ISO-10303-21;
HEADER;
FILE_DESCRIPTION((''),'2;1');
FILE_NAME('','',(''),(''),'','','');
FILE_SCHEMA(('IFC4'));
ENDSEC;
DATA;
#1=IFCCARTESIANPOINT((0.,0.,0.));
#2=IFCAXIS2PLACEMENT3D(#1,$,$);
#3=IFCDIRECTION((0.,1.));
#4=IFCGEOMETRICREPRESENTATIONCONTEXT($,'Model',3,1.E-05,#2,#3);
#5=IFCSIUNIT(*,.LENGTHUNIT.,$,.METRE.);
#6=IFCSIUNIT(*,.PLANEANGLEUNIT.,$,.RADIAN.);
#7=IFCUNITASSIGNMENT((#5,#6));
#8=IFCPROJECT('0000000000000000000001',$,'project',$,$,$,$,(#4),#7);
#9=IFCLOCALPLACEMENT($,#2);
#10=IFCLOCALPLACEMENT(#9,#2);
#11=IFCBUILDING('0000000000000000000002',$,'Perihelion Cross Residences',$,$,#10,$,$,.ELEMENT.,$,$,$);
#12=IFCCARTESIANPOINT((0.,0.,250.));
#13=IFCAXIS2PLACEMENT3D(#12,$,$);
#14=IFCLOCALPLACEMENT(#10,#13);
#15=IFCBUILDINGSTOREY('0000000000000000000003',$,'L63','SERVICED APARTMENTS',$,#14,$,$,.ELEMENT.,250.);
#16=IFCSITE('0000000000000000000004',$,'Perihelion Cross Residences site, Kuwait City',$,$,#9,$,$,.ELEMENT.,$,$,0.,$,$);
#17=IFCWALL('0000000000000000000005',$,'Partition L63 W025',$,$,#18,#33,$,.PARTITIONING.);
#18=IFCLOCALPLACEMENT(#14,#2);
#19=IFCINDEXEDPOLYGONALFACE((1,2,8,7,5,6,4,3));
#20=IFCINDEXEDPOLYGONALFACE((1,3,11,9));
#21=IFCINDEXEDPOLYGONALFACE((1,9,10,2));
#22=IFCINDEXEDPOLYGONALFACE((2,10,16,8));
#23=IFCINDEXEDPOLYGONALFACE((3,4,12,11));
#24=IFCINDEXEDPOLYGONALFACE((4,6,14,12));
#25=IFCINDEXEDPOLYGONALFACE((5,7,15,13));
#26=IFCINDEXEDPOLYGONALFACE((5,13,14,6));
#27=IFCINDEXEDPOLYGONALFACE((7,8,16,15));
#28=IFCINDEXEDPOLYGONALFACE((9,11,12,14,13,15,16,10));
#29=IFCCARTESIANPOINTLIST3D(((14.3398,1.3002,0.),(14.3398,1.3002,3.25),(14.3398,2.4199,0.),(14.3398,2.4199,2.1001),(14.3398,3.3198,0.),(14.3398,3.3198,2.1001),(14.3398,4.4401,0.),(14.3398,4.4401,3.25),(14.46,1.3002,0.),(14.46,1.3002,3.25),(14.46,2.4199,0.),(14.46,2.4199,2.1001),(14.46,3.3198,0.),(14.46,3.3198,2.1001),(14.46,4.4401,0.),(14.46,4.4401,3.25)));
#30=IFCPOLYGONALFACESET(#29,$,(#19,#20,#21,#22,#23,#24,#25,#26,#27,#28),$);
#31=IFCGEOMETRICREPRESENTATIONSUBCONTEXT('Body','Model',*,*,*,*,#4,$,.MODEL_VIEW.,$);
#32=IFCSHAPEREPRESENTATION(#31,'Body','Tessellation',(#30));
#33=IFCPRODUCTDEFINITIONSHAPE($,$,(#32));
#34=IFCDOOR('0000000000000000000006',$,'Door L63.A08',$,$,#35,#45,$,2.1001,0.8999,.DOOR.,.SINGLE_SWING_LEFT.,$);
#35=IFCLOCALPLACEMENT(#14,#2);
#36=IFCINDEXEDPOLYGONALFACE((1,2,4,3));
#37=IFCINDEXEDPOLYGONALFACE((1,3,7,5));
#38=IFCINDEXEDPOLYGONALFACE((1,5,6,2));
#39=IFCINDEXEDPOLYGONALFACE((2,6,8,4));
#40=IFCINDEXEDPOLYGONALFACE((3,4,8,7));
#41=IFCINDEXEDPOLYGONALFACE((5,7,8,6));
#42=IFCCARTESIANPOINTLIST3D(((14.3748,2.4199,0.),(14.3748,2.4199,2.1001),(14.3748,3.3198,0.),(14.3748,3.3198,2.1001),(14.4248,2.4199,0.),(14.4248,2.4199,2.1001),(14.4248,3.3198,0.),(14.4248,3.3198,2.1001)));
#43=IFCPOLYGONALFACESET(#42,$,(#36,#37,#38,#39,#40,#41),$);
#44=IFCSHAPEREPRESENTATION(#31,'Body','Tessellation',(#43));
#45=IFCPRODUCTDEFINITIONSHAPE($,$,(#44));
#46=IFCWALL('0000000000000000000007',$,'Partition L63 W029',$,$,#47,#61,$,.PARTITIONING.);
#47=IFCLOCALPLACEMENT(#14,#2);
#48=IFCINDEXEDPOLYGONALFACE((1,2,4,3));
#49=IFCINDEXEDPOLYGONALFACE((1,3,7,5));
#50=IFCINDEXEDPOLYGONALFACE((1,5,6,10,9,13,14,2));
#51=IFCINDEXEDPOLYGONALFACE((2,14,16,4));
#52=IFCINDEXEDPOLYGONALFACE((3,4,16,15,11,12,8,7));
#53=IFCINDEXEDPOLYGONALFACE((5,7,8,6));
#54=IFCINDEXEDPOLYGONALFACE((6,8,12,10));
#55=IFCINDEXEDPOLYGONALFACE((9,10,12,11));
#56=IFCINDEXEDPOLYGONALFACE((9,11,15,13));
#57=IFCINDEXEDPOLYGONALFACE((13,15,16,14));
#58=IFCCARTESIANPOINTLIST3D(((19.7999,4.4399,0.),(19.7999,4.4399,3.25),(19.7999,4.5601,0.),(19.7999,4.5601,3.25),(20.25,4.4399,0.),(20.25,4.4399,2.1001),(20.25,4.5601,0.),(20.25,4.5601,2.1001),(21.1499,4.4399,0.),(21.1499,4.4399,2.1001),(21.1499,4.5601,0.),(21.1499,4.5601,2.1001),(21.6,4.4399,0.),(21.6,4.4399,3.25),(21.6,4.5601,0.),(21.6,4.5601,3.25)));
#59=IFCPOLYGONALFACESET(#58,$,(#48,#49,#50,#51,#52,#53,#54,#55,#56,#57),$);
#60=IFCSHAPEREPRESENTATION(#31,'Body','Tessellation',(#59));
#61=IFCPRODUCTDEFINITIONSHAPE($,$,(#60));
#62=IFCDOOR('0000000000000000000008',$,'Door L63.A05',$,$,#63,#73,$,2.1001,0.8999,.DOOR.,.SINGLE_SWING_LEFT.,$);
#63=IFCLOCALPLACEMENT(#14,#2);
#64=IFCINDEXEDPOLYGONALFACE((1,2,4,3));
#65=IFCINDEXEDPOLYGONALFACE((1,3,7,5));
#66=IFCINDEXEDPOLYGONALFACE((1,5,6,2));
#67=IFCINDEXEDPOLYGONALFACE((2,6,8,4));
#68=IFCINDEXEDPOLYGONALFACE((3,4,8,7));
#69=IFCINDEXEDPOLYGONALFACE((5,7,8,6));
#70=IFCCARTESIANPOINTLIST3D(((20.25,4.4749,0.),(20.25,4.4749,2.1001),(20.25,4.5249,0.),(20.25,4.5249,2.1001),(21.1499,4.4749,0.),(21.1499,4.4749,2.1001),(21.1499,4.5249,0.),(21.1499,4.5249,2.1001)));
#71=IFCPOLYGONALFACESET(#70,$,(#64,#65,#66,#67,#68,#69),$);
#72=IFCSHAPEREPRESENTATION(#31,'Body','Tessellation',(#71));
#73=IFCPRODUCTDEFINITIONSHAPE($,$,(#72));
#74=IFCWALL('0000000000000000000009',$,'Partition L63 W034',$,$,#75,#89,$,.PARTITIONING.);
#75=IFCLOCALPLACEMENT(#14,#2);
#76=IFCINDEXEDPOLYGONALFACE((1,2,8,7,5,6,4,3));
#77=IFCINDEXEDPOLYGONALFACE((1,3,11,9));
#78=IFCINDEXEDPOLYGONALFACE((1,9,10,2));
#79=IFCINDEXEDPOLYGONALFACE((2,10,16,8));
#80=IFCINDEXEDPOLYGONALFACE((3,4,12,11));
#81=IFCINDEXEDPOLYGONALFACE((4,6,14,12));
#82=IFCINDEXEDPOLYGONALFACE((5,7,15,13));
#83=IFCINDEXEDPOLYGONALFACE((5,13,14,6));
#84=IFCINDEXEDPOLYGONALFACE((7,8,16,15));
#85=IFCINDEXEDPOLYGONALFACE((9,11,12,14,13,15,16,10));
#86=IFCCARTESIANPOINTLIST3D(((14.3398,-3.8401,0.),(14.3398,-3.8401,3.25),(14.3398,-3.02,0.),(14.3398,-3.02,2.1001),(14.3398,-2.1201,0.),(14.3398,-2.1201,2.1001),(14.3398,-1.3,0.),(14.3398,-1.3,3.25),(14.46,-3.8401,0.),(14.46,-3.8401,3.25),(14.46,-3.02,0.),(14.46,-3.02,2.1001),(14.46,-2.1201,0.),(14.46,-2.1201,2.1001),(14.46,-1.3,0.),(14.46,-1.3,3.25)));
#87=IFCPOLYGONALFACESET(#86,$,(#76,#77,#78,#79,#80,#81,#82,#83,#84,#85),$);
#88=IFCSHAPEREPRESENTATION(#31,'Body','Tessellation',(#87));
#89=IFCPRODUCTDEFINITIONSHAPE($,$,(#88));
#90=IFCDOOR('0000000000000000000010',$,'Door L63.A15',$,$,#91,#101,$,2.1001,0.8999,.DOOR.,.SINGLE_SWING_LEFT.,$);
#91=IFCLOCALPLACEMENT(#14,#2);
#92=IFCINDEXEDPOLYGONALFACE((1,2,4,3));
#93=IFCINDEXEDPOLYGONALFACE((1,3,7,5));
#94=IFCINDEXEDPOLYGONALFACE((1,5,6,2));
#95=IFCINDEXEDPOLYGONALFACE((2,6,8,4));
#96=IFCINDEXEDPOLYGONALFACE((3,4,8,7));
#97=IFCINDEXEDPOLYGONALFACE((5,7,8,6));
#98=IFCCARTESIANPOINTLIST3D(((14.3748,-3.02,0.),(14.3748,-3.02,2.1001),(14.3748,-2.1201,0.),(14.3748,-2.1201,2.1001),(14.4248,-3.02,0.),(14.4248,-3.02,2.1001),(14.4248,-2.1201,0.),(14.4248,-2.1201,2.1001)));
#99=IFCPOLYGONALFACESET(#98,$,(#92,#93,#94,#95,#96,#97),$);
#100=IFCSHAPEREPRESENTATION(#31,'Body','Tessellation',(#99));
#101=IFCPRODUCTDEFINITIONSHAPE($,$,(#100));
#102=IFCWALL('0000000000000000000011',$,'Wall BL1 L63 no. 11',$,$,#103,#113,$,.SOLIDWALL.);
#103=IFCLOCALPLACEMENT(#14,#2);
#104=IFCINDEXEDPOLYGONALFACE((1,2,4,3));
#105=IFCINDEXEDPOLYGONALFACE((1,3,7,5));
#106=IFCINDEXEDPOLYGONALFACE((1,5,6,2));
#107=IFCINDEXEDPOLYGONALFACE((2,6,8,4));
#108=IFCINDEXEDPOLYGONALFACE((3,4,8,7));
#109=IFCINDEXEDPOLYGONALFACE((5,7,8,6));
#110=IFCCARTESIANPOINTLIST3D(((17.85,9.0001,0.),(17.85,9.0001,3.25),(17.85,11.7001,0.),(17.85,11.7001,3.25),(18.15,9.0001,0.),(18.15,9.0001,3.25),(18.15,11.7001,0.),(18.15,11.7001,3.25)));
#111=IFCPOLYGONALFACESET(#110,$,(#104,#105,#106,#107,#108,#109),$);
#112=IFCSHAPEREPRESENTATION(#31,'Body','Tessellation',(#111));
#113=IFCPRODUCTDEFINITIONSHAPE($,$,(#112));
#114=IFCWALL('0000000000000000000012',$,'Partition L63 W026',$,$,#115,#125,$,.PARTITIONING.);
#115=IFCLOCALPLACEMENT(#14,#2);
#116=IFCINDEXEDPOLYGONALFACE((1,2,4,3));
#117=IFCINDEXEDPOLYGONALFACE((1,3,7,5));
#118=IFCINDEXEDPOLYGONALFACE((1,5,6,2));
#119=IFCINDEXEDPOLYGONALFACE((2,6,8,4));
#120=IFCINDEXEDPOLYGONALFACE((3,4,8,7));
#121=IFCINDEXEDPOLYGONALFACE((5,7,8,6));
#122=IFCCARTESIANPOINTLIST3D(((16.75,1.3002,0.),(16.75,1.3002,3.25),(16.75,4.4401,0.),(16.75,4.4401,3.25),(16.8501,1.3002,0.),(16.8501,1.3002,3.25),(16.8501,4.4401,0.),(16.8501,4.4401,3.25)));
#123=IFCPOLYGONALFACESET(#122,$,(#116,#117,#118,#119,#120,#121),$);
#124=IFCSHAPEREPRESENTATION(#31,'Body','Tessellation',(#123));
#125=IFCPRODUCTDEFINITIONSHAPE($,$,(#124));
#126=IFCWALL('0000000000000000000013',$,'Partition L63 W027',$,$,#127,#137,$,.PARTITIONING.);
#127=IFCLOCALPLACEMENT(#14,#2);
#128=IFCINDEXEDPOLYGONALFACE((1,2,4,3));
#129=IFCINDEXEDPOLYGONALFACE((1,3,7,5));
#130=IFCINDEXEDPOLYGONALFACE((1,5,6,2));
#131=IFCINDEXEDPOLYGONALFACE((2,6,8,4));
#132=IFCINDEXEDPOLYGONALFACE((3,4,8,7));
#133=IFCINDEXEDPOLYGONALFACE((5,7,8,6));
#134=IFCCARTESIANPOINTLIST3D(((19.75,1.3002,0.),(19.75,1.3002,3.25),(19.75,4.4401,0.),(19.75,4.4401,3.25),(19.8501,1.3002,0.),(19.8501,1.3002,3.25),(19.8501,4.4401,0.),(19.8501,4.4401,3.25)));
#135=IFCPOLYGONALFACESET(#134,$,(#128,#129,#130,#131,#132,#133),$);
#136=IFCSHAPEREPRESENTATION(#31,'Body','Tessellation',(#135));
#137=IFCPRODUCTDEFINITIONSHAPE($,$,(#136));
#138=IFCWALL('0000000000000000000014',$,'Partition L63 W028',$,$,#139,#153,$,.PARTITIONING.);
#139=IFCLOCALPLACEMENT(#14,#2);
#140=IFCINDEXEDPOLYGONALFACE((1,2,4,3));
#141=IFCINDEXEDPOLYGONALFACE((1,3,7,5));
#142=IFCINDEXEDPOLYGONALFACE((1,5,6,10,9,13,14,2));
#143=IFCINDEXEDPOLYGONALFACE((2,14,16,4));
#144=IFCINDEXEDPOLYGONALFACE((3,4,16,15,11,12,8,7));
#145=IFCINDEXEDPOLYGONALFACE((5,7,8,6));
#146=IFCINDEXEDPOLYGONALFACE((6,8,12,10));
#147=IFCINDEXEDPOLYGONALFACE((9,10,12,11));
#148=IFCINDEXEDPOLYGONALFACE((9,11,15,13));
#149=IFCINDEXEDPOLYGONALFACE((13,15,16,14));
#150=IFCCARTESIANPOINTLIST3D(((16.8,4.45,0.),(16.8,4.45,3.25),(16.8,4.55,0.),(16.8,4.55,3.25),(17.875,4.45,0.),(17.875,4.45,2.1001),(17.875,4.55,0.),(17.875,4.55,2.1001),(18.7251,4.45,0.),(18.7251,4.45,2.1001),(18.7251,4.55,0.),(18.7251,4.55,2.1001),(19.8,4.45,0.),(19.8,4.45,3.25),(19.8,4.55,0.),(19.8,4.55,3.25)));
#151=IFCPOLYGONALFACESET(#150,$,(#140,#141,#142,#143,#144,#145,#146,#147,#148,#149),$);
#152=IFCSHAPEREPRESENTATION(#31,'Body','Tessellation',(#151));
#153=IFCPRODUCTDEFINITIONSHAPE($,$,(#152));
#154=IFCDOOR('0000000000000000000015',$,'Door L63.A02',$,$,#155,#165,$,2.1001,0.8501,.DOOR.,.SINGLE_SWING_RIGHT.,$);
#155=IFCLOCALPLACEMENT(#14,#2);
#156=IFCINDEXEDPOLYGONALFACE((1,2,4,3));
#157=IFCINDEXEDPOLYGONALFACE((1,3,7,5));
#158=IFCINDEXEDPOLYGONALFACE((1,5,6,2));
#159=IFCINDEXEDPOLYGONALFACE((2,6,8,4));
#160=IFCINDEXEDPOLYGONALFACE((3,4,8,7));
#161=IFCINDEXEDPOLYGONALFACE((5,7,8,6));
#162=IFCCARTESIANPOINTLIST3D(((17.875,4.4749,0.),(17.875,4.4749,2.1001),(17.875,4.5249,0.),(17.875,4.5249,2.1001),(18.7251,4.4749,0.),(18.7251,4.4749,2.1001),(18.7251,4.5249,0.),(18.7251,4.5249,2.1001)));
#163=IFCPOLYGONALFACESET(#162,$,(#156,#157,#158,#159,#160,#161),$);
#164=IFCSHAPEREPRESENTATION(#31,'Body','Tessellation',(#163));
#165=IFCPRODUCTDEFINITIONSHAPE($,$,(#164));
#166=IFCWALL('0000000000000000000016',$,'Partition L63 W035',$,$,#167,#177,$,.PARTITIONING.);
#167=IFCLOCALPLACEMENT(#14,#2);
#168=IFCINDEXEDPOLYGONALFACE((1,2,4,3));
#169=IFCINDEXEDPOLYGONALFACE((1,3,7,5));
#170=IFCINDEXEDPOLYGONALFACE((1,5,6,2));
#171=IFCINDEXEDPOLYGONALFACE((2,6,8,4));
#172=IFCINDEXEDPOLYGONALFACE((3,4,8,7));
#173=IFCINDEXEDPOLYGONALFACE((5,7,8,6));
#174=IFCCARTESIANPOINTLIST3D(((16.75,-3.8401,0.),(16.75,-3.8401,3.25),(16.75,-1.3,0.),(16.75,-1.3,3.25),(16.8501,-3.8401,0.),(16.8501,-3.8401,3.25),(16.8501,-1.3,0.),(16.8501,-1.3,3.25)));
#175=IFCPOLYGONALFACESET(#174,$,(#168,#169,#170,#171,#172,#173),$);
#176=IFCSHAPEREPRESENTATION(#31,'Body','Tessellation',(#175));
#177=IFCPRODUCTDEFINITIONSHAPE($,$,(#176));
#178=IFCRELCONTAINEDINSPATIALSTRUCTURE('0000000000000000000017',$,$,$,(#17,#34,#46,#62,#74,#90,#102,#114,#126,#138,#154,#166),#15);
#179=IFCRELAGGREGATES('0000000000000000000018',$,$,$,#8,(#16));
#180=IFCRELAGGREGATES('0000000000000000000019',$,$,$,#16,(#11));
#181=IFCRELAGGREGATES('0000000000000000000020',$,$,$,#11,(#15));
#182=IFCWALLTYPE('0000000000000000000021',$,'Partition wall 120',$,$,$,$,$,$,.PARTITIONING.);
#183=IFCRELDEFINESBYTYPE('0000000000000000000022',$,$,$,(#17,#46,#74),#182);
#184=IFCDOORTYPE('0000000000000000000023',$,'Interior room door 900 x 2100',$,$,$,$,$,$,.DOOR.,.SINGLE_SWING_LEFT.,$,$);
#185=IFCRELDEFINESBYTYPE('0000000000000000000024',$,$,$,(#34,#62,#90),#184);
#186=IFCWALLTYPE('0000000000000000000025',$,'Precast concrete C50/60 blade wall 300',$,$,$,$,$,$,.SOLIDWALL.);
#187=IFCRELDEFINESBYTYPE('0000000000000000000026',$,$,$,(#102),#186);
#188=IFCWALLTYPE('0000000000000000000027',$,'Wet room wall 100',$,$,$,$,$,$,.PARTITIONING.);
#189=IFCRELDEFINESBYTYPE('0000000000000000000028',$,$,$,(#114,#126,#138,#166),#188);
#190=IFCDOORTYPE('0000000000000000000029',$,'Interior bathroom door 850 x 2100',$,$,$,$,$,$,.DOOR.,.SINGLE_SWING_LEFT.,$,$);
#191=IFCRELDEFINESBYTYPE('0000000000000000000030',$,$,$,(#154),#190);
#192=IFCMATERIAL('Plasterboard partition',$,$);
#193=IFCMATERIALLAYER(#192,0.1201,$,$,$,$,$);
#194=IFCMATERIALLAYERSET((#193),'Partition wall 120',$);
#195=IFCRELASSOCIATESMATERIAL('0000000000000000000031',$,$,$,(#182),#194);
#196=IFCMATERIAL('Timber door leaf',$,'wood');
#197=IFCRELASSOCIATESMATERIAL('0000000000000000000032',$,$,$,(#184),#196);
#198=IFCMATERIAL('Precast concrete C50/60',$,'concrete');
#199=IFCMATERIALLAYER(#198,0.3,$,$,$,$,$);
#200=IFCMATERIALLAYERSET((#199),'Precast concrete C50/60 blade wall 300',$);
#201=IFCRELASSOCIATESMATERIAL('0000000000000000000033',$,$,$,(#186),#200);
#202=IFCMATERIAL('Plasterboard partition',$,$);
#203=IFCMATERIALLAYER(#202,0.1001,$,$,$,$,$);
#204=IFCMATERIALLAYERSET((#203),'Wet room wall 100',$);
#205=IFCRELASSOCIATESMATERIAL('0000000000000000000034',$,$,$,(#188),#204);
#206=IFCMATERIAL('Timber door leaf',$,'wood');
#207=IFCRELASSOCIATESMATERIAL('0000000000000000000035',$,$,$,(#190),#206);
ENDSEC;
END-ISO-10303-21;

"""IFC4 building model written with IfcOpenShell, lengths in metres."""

from ifc_helpers import new_model, si_unit, direction, frame, frame_2d, origin, place, context, subcontext, project, spatial, rectangle, extrude, material, layer, layer_set, type_object, element, fill, save


model = new_model("IFC4")

# Units and contexts
model_context = context("Model", 3, precision=1e-05, world=origin(), true_north=direction((0.0, 1.0)))
body_context = subcontext(model_context, "Body", "Model", "MODEL_VIEW")
ifc_project = project(units=[si_unit("LENGTHUNIT", "METRE"), si_unit("PLANEANGLEUNIT", "RADIAN")], contexts=[model_context])

# Site, building, storey
site_placement = place(None, origin())
site = spatial("IfcSite", under=ifc_project, at=site_placement, Name="Perihelion Cross Residences site, Kuwait City", CompositionType="ELEMENT", RefElevation=0.0)
building_placement = place(site_placement, origin())
building = spatial("IfcBuilding", under=site, at=building_placement, Name="Perihelion Cross Residences", CompositionType="ELEMENT")
storey_placement = place(building_placement, frame((0.0, 0.0, 250.0)))
storey = spatial("IfcBuildingStorey", under=building, at=storey_placement, Name="L63", Description="SERVICED APARTMENTS", CompositionType="ELEMENT", Elevation=250.0)

# Walls, openings, doors
ifc_material_1 = material(Name="Plasterboard partition")
ifc_layer_1 = layer(ifc_material_1, 0.1201)
ifc_layer_set_1 = layer_set([ifc_layer_1], Name="Partition wall 120")
wall_type_1 = type_object("IfcWallType", Name="Partition wall 120", PredefinedType="PARTITIONING", material=ifc_layer_set_1)
wall_1_placement = place(storey_placement, frame((14.3999, 4.4399, 0.0), z_axis=(0.0, 0.0, 1.0), x_axis=(0.0, -1.0, 0.0)))
wall_1 = element("IfcWall", 1, at=wall_1_placement, inside=storey, type_object=wall_type_1, Name="Partition L63 W025", PredefinedType="PARTITIONING", context=body_context, shape_type="SweptSolid", body=[
    extrude(rectangle(XDim=3.1399, YDim=0.1201, at=frame_2d((1.5698, 0.0))), origin(), (0.0, 0.0, 1.0), 3.25),
])
opening_1_placement = place(wall_1_placement, frame((1.1201, 0.0, 0.0)))
opening_1 = element("IfcOpeningElement", 2, at=opening_1_placement, cuts=wall_1, PredefinedType="OPENING", context=body_context, shape_type="SweptSolid", body=[
    extrude(rectangle(XDim=0.8999, YDim=2.1001, at=frame_2d((0.45, 1.05))), frame((0.0, 0.0701, 0.0), z_axis=(0.0, -1.0, 0.0), x_axis=(1.0, 0.0, 0.0)), (0.0, 0.0, 1.0), 0.1401),
])
ifc_material_2 = material(Name="Timber door leaf", Category="wood")
door_type_1 = type_object("IfcDoorType", Name="Interior room door 900 x 2100", OperationType="SINGLE_SWING_LEFT", PredefinedType="DOOR", material=ifc_material_2)
door_1_placement = place(opening_1_placement, origin())
door_1 = element("IfcDoor", 3, at=door_1_placement, inside=storey, type_object=door_type_1, Name="Door L63.A08", OperationType="SINGLE_SWING_LEFT", OverallHeight=2.1001, OverallWidth=0.8999, PredefinedType="DOOR", context=body_context, shape_type="SweptSolid", body=[
    extrude(rectangle(XDim=0.8999, YDim=2.1001, at=frame_2d((0.45, 1.05))), frame((0.0, 0.0249, 0.0), z_axis=(0.0, -1.0, 0.0), x_axis=(1.0, 0.0, 0.0)), (0.0, 0.0, 1.0), 0.05),
])
fill(opening_1, door_1)
wall_2_placement = place(storey_placement, frame((19.8, 4.5, 0.0), z_axis=(0.0, 0.0, 1.0), x_axis=(1.0, 0.0, 0.0)))
wall_2 = element("IfcWall", 4, at=wall_2_placement, inside=storey, type_object=wall_type_1, Name="Partition L63 W029", PredefinedType="PARTITIONING", context=body_context, shape_type="SweptSolid", body=[
    extrude(rectangle(XDim=1.8, YDim=0.1201, at=frame_2d((0.8999, 0.0))), origin(), (0.0, 0.0, 1.0), 3.25),
])
opening_2_placement = place(wall_2_placement, frame((0.45, 0.0, 0.0)))
opening_2 = element("IfcOpeningElement", 5, at=opening_2_placement, cuts=wall_2, PredefinedType="OPENING", context=body_context, shape_type="SweptSolid", body=[
    extrude(rectangle(XDim=0.8999, YDim=2.1001, at=frame_2d((0.45, 1.05))), frame((0.0, 0.0701, 0.0), z_axis=(0.0, -1.0, 0.0), x_axis=(1.0, 0.0, 0.0)), (0.0, 0.0, 1.0), 0.1401),
])
door_2_placement = place(opening_2_placement, origin())
door_2 = element("IfcDoor", 6, at=door_2_placement, inside=storey, type_object=door_type_1, Name="Door L63.A05", OperationType="SINGLE_SWING_LEFT", OverallHeight=2.1001, OverallWidth=0.8999, PredefinedType="DOOR", context=body_context, shape_type="SweptSolid", body=[
    extrude(rectangle(XDim=0.8999, YDim=2.1001, at=frame_2d((0.45, 1.05))), frame((0.0, 0.0249, 0.0), z_axis=(0.0, -1.0, 0.0), x_axis=(1.0, 0.0, 0.0)), (0.0, 0.0, 1.0), 0.05),
])
fill(opening_2, door_2)
wall_3_placement = place(storey_placement, frame((14.3999, -1.3, 0.0), z_axis=(0.0, 0.0, 1.0), x_axis=(0.0, -1.0, 0.0)))
wall_3 = element("IfcWall", 7, at=wall_3_placement, inside=storey, type_object=wall_type_1, Name="Partition L63 W034", PredefinedType="PARTITIONING", context=body_context, shape_type="SweptSolid", body=[
    extrude(rectangle(XDim=2.54, YDim=0.1201, at=frame_2d((1.27, 0.0))), origin(), (0.0, 0.0, 1.0), 3.25),
])
opening_3_placement = place(wall_3_placement, frame((0.8201, 0.0, 0.0)))
opening_3 = element("IfcOpeningElement", 8, at=opening_3_placement, cuts=wall_3, PredefinedType="OPENING", context=body_context, shape_type="SweptSolid", body=[
    extrude(rectangle(XDim=0.8999, YDim=2.1001, at=frame_2d((0.45, 1.05))), frame((0.0, 0.0701, 0.0), z_axis=(0.0, -1.0, 0.0), x_axis=(1.0, 0.0, 0.0)), (0.0, 0.0, 1.0), 0.1401),
])
door_3_placement = place(opening_3_placement, origin())
door_3 = element("IfcDoor", 9, at=door_3_placement, inside=storey, type_object=door_type_1, Name="Door L63.A15", OperationType="SINGLE_SWING_LEFT", OverallHeight=2.1001, OverallWidth=0.8999, PredefinedType="DOOR", context=body_context, shape_type="SweptSolid", body=[
    extrude(rectangle(XDim=0.8999, YDim=2.1001, at=frame_2d((0.45, 1.05))), frame((0.0, 0.0249, 0.0), z_axis=(0.0, -1.0, 0.0), x_axis=(1.0, 0.0, 0.0)), (0.0, 0.0, 1.0), 0.05),
])
fill(opening_3, door_3)

# Walls
ifc_material_3 = material(Name="Precast concrete C50/60", Category="concrete")
ifc_layer_2 = layer(ifc_material_3, 0.3)
ifc_layer_set_2 = layer_set([ifc_layer_2], Name="Precast concrete C50/60 blade wall 300")
wall_type_2 = type_object("IfcWallType", Name="Precast concrete C50/60 blade wall 300", PredefinedType="SOLIDWALL", material=ifc_layer_set_2)
wall_4_placement = place(storey_placement, frame((18.0, 9.0, 0.0), z_axis=(0.0, 0.0, 1.0), x_axis=(0.0, 1.0, 0.0)))
element("IfcWall", 10, at=wall_4_placement, inside=storey, type_object=wall_type_2, Name="Wall BL1 L63 no. 11", PredefinedType="SOLIDWALL", context=body_context, shape_type="SweptSolid", body=[
    extrude(rectangle(XDim=2.7, YDim=0.3, at=frame_2d((1.3501, 0.0))), origin(), (0.0, 0.0, 1.0), 3.25),
])
ifc_material_4 = material(Name="Plasterboard partition")
ifc_layer_3 = layer(ifc_material_4, 0.1001)
ifc_layer_set_3 = layer_set([ifc_layer_3], Name="Wet room wall 100")
wall_type_3 = type_object("IfcWallType", Name="Wet room wall 100", PredefinedType="PARTITIONING", material=ifc_layer_set_3)
for number, where, z_axis, x_axis, name in (
    (11, (16.8, 4.4399, 0.0), (0.0, 0.0, 1.0), (0.0, -1.0, 0.0), "Partition L63 W026"),
    (12, (19.8, 4.4399, 0.0), (0.0, 0.0, 1.0), (0.0, -1.0, 0.0), "Partition L63 W027"),
):
    element("IfcWall", number, at=place(storey_placement, frame(where, z_axis=z_axis, x_axis=x_axis)), inside=storey, type_object=wall_type_3, Name=name, PredefinedType="PARTITIONING", context=body_context, shape_type="SweptSolid", body=[
        extrude(rectangle(XDim=3.1399, YDim=0.1001, at=frame_2d((1.5698, 0.0))), origin(), (0.0, 0.0, 1.0), 3.25),
    ])

# Wall, opening, door
wall_5_placement = place(storey_placement, frame((16.8, 4.5, 0.0), z_axis=(0.0, 0.0, 1.0), x_axis=(1.0, 0.0, 0.0)))
wall_5 = element("IfcWall", 13, at=wall_5_placement, inside=storey, type_object=wall_type_3, Name="Partition L63 W028", PredefinedType="PARTITIONING", context=body_context, shape_type="SweptSolid", body=[
    extrude(rectangle(XDim=3.0, YDim=0.1001, at=frame_2d((1.5, 0.0))), origin(), (0.0, 0.0, 1.0), 3.25),
])
opening_4_placement = place(wall_5_placement, frame((1.075, 0.0, 0.0)))
opening_4 = element("IfcOpeningElement", 14, at=opening_4_placement, cuts=wall_5, PredefinedType="OPENING", context=body_context, shape_type="SweptSolid", body=[
    extrude(rectangle(XDim=0.8501, YDim=2.1001, at=frame_2d((0.425, 1.05))), frame((0.0, 0.0601, 0.0), z_axis=(0.0, -1.0, 0.0), x_axis=(1.0, 0.0, 0.0)), (0.0, 0.0, 1.0), 0.1201),
])
ifc_material_5 = material(Name="Timber door leaf", Category="wood")
door_type_2 = type_object("IfcDoorType", Name="Interior bathroom door 850 x 2100", OperationType="SINGLE_SWING_LEFT", PredefinedType="DOOR", material=ifc_material_5)
door_4_placement = place(opening_4_placement, origin())
door_4 = element("IfcDoor", 15, at=door_4_placement, inside=storey, type_object=door_type_2, Name="Door L63.A02", OperationType="SINGLE_SWING_RIGHT", OverallHeight=2.1001, OverallWidth=0.8501, PredefinedType="DOOR", context=body_context, shape_type="SweptSolid", body=[
    extrude(rectangle(XDim=0.8501, YDim=2.1001, at=frame_2d((0.425, 1.05))), frame((0.0, 0.0249, 0.0), z_axis=(0.0, -1.0, 0.0), x_axis=(1.0, 0.0, 0.0)), (0.0, 0.0, 1.0), 0.05),
])
fill(opening_4, door_4)

# Wall
for number, where, z_axis, x_axis, name in (
    (16, (16.8, -1.3, 0.0), (0.0, 0.0, 1.0), (0.0, -1.0, 0.0), "Partition L63 W035"),
):
    element("IfcWall", number, at=place(storey_placement, frame(where, z_axis=z_axis, x_axis=x_axis)), inside=storey, type_object=wall_type_3, Name=name, PredefinedType="PARTITIONING", context=body_context, shape_type="SweptSolid", body=[
        extrude(rectangle(XDim=2.54, YDim=0.1001, at=frame_2d((1.27, 0.0))), origin(), (0.0, 0.0, 1.0), 3.25),
    ])

save(model, "model.ifc")
